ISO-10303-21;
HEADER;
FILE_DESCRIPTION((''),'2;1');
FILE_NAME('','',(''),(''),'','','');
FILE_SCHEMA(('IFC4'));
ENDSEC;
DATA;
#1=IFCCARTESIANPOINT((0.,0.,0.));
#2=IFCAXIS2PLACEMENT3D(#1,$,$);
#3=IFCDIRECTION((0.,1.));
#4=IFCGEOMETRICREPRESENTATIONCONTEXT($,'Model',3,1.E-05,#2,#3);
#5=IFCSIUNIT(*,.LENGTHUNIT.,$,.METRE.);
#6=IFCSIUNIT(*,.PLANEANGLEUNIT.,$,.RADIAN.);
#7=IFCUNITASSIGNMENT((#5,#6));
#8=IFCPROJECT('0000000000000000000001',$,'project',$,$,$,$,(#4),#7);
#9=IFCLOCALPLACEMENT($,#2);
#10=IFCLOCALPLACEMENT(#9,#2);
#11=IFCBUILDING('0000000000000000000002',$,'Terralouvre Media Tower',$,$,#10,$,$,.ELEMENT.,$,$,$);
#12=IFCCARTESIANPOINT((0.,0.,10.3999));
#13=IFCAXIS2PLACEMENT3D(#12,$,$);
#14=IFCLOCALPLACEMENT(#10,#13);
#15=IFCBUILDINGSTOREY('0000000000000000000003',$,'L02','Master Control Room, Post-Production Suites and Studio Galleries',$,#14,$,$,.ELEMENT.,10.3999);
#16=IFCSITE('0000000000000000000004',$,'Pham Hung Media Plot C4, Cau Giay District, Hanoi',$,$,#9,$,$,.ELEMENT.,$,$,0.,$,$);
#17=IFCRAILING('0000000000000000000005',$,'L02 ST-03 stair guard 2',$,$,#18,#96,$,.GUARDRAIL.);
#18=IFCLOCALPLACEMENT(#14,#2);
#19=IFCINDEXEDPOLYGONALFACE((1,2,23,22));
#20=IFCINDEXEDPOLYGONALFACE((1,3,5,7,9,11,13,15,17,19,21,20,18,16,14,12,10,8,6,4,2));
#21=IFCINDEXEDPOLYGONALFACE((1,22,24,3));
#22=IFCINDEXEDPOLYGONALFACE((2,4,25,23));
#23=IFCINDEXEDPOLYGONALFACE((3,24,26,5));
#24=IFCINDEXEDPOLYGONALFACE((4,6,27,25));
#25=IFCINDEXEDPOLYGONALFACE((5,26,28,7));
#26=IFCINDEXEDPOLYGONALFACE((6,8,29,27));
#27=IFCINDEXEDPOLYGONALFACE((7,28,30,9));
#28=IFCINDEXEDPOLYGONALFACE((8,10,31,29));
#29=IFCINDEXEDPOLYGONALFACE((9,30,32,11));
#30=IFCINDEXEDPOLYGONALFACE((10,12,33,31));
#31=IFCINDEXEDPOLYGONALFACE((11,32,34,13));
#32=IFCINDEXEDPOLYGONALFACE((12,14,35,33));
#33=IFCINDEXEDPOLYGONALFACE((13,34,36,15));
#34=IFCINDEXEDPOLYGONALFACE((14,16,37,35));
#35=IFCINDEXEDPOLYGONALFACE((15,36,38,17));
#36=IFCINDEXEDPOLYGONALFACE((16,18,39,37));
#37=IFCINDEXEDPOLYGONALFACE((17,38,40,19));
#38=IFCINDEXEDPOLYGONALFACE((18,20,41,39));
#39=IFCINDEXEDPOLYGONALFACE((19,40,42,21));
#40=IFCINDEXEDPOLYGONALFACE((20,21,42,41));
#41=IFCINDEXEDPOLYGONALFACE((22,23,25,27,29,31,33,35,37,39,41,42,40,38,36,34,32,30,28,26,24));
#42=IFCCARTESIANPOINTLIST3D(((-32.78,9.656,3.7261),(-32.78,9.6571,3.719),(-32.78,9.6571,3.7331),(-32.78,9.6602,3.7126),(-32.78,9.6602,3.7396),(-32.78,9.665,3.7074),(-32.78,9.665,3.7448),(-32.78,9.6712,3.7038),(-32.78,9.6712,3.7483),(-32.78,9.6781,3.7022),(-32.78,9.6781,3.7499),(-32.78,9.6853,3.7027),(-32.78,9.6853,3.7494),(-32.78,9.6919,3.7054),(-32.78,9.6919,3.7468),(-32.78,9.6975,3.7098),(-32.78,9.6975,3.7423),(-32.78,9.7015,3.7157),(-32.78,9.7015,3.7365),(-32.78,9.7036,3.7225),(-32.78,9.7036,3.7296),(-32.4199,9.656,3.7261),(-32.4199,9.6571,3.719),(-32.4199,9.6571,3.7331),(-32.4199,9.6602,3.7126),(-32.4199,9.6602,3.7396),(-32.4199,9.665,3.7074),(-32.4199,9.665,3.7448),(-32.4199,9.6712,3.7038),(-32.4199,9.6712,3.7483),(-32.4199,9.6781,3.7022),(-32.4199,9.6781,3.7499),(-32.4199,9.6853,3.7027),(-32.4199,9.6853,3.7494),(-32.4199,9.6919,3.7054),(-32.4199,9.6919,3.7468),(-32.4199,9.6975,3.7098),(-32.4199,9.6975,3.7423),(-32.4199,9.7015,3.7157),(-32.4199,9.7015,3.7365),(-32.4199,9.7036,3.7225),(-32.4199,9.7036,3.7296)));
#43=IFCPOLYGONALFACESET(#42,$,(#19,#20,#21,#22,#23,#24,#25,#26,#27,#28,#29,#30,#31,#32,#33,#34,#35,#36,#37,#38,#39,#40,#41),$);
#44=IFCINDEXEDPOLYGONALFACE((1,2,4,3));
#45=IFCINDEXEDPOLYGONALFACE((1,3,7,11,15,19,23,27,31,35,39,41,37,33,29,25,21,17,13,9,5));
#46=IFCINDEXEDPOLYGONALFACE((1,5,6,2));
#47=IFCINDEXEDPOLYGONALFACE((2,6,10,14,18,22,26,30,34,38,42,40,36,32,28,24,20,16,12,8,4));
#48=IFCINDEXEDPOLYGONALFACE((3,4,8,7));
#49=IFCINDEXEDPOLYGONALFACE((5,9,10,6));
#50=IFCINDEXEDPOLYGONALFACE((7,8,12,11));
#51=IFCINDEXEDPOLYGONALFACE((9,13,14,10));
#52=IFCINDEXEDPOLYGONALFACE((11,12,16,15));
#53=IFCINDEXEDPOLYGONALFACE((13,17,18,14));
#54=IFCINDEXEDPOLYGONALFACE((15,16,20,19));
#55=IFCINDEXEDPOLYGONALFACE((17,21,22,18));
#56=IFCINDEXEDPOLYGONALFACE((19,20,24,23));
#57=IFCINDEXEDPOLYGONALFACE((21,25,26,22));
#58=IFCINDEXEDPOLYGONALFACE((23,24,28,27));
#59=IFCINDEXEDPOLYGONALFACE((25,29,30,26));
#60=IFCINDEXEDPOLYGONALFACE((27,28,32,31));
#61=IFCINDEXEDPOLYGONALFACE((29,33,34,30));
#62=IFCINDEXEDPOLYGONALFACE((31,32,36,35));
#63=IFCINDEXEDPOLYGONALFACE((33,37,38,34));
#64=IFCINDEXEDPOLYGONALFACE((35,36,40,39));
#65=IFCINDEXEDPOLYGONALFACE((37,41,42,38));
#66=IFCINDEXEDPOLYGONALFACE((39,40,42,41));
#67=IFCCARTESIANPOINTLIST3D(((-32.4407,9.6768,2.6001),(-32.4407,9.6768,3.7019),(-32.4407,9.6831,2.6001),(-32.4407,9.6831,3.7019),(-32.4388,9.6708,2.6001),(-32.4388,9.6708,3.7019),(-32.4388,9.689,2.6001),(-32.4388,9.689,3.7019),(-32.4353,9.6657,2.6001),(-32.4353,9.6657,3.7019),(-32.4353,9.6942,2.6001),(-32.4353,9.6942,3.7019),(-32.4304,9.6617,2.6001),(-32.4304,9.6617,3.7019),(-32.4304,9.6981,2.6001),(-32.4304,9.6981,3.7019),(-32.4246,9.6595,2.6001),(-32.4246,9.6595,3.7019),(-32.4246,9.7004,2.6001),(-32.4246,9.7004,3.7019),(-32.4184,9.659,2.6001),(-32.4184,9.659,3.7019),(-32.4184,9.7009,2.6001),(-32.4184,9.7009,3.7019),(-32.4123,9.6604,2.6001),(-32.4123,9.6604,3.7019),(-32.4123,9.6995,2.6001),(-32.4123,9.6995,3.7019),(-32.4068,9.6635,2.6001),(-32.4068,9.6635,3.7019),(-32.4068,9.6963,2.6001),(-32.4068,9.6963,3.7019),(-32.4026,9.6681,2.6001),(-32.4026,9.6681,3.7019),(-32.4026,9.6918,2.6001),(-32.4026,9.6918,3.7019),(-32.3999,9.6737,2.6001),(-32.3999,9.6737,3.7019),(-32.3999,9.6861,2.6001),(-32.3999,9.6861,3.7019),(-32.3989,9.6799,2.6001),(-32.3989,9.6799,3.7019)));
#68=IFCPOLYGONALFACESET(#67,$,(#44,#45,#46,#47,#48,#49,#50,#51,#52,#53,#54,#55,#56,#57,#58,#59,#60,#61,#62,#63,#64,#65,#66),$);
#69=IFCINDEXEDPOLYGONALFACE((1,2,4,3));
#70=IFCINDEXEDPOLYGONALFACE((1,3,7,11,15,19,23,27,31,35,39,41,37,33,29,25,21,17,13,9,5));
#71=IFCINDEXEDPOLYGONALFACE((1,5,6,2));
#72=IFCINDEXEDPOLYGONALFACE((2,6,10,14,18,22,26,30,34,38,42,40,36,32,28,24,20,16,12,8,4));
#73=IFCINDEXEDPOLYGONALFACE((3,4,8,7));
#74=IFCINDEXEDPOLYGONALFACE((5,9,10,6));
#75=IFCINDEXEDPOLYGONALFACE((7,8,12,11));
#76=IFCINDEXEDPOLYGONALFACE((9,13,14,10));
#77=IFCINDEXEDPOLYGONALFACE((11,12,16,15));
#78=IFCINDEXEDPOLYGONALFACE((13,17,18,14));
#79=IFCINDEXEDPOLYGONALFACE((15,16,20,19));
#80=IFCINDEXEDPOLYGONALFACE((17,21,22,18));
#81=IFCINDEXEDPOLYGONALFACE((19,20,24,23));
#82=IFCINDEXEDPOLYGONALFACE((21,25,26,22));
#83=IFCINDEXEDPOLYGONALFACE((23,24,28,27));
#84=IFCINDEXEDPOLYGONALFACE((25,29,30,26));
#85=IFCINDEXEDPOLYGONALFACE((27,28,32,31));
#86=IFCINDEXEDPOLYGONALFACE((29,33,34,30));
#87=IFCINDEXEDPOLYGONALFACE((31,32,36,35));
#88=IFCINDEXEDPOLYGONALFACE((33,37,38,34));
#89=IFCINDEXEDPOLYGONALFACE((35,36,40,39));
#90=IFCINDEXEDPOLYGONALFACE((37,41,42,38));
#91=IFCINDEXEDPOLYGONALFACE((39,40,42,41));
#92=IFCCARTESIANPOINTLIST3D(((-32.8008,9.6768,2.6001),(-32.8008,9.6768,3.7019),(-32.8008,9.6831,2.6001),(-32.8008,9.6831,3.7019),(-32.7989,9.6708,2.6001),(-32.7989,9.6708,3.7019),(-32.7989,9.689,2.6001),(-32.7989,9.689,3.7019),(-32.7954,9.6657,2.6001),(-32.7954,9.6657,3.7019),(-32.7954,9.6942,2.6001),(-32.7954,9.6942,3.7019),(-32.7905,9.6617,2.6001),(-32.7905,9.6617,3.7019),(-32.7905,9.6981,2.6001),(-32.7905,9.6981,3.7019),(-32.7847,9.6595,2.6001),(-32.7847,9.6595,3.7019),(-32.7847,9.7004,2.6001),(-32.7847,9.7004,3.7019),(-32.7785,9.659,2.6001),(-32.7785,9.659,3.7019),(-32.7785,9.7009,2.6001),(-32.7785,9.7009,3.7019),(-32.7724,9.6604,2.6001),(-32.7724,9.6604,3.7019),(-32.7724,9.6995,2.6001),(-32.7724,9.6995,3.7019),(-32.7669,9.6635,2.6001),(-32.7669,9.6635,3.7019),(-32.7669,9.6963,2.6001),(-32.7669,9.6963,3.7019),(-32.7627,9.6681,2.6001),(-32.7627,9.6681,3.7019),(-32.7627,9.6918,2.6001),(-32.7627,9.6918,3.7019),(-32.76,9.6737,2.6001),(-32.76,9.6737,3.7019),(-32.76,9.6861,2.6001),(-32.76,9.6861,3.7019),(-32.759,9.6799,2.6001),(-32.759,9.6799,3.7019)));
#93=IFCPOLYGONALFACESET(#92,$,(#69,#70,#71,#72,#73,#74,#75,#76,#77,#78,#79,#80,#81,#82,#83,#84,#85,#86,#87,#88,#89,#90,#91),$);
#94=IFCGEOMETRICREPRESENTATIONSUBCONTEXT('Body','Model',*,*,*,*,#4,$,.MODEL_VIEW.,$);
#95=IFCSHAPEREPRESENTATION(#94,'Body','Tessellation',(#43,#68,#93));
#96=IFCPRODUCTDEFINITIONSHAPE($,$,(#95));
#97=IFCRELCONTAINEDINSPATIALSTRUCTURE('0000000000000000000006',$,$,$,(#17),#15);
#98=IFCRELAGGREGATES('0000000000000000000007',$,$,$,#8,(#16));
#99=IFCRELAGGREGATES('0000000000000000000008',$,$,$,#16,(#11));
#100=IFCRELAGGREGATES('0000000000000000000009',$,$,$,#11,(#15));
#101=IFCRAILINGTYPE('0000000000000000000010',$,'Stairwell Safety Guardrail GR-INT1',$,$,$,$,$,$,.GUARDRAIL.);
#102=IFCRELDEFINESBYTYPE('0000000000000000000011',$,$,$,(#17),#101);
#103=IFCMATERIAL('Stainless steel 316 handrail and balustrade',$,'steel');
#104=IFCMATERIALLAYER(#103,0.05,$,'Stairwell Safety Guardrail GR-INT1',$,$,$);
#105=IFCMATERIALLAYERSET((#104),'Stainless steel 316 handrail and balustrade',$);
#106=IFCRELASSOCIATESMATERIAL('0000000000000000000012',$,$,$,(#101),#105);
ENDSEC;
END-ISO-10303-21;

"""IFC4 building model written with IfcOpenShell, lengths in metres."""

from ifc_helpers import new_model, si_unit, direction, frame, origin, origin_2d, place, context, subcontext, project, spatial, circle, extrude, material, layer, layer_set, type_object, element, save


model = new_model("IFC4")

# Units and contexts
model_context = context("Model", 3, precision=1e-05, world=origin(), true_north=direction((0.0, 1.0)))
body_context = subcontext(model_context, "Body", "Model", "MODEL_VIEW")
ifc_project = project(units=[si_unit("LENGTHUNIT", "METRE"), si_unit("PLANEANGLEUNIT", "RADIAN")], contexts=[model_context])

# Site, building, storey
site_placement = place(None, origin())
site = spatial("IfcSite", under=ifc_project, at=site_placement, Name="Pham Hung Media Plot C4, Cau Giay District, Hanoi", CompositionType="ELEMENT", RefElevation=0.0)
building_placement = place(site_placement, origin())
building = spatial("IfcBuilding", under=site, at=building_placement, Name="Terralouvre Media Tower", CompositionType="ELEMENT")
storey_placement = place(building_placement, frame((0.0, 0.0, 10.3999)))
storey = spatial("IfcBuildingStorey", under=building, at=storey_placement, Name="L02", Description="Master Control Room, Post-Production Suites and Studio Galleries", CompositionType="ELEMENT", Elevation=10.3999)

# Railing
ifc_material_1 = material(Name="Stainless steel 316 handrail and balustrade", Category="steel")
ifc_layer_1 = layer(ifc_material_1, 0.05, Name="Stairwell Safety Guardrail GR-INT1")
ifc_layer_set_1 = layer_set([ifc_layer_1], Name="Stainless steel 316 handrail and balustrade")
railing_type_1 = type_object("IfcRailingType", Name="Stairwell Safety Guardrail GR-INT1", PredefinedType="GUARDRAIL", material=ifc_layer_set_1)
railing_1_placement = place(storey_placement, frame((-32.4199, 9.6799, 2.6001)))
element("IfcRailing", 1, at=railing_1_placement, inside=storey, type_object=railing_type_1, Name="L02 ST-03 stair guard 2", PredefinedType="GUARDRAIL", context=body_context, shape_type="SweptSolid", body=[
    extrude(circle(Radius=0.0239, at=origin_2d()), frame((0.0, 0.0, 1.126), z_axis=(-1.0, 0.0, 0.0), x_axis=(0.0, -1.0, 0.0)), (0.0, 0.0, 1.0), 0.3601),
    extrude(circle(Radius=0.021, at=origin_2d()), origin(), (0.0, 0.0, 1.0), 1.1018),
    extrude(circle(Radius=0.021, at=origin_2d()), frame((-0.3601, 0.0, 0.0)), (0.0, 0.0, 1.0), 1.1018),
])

save(model, "model.ifc")
